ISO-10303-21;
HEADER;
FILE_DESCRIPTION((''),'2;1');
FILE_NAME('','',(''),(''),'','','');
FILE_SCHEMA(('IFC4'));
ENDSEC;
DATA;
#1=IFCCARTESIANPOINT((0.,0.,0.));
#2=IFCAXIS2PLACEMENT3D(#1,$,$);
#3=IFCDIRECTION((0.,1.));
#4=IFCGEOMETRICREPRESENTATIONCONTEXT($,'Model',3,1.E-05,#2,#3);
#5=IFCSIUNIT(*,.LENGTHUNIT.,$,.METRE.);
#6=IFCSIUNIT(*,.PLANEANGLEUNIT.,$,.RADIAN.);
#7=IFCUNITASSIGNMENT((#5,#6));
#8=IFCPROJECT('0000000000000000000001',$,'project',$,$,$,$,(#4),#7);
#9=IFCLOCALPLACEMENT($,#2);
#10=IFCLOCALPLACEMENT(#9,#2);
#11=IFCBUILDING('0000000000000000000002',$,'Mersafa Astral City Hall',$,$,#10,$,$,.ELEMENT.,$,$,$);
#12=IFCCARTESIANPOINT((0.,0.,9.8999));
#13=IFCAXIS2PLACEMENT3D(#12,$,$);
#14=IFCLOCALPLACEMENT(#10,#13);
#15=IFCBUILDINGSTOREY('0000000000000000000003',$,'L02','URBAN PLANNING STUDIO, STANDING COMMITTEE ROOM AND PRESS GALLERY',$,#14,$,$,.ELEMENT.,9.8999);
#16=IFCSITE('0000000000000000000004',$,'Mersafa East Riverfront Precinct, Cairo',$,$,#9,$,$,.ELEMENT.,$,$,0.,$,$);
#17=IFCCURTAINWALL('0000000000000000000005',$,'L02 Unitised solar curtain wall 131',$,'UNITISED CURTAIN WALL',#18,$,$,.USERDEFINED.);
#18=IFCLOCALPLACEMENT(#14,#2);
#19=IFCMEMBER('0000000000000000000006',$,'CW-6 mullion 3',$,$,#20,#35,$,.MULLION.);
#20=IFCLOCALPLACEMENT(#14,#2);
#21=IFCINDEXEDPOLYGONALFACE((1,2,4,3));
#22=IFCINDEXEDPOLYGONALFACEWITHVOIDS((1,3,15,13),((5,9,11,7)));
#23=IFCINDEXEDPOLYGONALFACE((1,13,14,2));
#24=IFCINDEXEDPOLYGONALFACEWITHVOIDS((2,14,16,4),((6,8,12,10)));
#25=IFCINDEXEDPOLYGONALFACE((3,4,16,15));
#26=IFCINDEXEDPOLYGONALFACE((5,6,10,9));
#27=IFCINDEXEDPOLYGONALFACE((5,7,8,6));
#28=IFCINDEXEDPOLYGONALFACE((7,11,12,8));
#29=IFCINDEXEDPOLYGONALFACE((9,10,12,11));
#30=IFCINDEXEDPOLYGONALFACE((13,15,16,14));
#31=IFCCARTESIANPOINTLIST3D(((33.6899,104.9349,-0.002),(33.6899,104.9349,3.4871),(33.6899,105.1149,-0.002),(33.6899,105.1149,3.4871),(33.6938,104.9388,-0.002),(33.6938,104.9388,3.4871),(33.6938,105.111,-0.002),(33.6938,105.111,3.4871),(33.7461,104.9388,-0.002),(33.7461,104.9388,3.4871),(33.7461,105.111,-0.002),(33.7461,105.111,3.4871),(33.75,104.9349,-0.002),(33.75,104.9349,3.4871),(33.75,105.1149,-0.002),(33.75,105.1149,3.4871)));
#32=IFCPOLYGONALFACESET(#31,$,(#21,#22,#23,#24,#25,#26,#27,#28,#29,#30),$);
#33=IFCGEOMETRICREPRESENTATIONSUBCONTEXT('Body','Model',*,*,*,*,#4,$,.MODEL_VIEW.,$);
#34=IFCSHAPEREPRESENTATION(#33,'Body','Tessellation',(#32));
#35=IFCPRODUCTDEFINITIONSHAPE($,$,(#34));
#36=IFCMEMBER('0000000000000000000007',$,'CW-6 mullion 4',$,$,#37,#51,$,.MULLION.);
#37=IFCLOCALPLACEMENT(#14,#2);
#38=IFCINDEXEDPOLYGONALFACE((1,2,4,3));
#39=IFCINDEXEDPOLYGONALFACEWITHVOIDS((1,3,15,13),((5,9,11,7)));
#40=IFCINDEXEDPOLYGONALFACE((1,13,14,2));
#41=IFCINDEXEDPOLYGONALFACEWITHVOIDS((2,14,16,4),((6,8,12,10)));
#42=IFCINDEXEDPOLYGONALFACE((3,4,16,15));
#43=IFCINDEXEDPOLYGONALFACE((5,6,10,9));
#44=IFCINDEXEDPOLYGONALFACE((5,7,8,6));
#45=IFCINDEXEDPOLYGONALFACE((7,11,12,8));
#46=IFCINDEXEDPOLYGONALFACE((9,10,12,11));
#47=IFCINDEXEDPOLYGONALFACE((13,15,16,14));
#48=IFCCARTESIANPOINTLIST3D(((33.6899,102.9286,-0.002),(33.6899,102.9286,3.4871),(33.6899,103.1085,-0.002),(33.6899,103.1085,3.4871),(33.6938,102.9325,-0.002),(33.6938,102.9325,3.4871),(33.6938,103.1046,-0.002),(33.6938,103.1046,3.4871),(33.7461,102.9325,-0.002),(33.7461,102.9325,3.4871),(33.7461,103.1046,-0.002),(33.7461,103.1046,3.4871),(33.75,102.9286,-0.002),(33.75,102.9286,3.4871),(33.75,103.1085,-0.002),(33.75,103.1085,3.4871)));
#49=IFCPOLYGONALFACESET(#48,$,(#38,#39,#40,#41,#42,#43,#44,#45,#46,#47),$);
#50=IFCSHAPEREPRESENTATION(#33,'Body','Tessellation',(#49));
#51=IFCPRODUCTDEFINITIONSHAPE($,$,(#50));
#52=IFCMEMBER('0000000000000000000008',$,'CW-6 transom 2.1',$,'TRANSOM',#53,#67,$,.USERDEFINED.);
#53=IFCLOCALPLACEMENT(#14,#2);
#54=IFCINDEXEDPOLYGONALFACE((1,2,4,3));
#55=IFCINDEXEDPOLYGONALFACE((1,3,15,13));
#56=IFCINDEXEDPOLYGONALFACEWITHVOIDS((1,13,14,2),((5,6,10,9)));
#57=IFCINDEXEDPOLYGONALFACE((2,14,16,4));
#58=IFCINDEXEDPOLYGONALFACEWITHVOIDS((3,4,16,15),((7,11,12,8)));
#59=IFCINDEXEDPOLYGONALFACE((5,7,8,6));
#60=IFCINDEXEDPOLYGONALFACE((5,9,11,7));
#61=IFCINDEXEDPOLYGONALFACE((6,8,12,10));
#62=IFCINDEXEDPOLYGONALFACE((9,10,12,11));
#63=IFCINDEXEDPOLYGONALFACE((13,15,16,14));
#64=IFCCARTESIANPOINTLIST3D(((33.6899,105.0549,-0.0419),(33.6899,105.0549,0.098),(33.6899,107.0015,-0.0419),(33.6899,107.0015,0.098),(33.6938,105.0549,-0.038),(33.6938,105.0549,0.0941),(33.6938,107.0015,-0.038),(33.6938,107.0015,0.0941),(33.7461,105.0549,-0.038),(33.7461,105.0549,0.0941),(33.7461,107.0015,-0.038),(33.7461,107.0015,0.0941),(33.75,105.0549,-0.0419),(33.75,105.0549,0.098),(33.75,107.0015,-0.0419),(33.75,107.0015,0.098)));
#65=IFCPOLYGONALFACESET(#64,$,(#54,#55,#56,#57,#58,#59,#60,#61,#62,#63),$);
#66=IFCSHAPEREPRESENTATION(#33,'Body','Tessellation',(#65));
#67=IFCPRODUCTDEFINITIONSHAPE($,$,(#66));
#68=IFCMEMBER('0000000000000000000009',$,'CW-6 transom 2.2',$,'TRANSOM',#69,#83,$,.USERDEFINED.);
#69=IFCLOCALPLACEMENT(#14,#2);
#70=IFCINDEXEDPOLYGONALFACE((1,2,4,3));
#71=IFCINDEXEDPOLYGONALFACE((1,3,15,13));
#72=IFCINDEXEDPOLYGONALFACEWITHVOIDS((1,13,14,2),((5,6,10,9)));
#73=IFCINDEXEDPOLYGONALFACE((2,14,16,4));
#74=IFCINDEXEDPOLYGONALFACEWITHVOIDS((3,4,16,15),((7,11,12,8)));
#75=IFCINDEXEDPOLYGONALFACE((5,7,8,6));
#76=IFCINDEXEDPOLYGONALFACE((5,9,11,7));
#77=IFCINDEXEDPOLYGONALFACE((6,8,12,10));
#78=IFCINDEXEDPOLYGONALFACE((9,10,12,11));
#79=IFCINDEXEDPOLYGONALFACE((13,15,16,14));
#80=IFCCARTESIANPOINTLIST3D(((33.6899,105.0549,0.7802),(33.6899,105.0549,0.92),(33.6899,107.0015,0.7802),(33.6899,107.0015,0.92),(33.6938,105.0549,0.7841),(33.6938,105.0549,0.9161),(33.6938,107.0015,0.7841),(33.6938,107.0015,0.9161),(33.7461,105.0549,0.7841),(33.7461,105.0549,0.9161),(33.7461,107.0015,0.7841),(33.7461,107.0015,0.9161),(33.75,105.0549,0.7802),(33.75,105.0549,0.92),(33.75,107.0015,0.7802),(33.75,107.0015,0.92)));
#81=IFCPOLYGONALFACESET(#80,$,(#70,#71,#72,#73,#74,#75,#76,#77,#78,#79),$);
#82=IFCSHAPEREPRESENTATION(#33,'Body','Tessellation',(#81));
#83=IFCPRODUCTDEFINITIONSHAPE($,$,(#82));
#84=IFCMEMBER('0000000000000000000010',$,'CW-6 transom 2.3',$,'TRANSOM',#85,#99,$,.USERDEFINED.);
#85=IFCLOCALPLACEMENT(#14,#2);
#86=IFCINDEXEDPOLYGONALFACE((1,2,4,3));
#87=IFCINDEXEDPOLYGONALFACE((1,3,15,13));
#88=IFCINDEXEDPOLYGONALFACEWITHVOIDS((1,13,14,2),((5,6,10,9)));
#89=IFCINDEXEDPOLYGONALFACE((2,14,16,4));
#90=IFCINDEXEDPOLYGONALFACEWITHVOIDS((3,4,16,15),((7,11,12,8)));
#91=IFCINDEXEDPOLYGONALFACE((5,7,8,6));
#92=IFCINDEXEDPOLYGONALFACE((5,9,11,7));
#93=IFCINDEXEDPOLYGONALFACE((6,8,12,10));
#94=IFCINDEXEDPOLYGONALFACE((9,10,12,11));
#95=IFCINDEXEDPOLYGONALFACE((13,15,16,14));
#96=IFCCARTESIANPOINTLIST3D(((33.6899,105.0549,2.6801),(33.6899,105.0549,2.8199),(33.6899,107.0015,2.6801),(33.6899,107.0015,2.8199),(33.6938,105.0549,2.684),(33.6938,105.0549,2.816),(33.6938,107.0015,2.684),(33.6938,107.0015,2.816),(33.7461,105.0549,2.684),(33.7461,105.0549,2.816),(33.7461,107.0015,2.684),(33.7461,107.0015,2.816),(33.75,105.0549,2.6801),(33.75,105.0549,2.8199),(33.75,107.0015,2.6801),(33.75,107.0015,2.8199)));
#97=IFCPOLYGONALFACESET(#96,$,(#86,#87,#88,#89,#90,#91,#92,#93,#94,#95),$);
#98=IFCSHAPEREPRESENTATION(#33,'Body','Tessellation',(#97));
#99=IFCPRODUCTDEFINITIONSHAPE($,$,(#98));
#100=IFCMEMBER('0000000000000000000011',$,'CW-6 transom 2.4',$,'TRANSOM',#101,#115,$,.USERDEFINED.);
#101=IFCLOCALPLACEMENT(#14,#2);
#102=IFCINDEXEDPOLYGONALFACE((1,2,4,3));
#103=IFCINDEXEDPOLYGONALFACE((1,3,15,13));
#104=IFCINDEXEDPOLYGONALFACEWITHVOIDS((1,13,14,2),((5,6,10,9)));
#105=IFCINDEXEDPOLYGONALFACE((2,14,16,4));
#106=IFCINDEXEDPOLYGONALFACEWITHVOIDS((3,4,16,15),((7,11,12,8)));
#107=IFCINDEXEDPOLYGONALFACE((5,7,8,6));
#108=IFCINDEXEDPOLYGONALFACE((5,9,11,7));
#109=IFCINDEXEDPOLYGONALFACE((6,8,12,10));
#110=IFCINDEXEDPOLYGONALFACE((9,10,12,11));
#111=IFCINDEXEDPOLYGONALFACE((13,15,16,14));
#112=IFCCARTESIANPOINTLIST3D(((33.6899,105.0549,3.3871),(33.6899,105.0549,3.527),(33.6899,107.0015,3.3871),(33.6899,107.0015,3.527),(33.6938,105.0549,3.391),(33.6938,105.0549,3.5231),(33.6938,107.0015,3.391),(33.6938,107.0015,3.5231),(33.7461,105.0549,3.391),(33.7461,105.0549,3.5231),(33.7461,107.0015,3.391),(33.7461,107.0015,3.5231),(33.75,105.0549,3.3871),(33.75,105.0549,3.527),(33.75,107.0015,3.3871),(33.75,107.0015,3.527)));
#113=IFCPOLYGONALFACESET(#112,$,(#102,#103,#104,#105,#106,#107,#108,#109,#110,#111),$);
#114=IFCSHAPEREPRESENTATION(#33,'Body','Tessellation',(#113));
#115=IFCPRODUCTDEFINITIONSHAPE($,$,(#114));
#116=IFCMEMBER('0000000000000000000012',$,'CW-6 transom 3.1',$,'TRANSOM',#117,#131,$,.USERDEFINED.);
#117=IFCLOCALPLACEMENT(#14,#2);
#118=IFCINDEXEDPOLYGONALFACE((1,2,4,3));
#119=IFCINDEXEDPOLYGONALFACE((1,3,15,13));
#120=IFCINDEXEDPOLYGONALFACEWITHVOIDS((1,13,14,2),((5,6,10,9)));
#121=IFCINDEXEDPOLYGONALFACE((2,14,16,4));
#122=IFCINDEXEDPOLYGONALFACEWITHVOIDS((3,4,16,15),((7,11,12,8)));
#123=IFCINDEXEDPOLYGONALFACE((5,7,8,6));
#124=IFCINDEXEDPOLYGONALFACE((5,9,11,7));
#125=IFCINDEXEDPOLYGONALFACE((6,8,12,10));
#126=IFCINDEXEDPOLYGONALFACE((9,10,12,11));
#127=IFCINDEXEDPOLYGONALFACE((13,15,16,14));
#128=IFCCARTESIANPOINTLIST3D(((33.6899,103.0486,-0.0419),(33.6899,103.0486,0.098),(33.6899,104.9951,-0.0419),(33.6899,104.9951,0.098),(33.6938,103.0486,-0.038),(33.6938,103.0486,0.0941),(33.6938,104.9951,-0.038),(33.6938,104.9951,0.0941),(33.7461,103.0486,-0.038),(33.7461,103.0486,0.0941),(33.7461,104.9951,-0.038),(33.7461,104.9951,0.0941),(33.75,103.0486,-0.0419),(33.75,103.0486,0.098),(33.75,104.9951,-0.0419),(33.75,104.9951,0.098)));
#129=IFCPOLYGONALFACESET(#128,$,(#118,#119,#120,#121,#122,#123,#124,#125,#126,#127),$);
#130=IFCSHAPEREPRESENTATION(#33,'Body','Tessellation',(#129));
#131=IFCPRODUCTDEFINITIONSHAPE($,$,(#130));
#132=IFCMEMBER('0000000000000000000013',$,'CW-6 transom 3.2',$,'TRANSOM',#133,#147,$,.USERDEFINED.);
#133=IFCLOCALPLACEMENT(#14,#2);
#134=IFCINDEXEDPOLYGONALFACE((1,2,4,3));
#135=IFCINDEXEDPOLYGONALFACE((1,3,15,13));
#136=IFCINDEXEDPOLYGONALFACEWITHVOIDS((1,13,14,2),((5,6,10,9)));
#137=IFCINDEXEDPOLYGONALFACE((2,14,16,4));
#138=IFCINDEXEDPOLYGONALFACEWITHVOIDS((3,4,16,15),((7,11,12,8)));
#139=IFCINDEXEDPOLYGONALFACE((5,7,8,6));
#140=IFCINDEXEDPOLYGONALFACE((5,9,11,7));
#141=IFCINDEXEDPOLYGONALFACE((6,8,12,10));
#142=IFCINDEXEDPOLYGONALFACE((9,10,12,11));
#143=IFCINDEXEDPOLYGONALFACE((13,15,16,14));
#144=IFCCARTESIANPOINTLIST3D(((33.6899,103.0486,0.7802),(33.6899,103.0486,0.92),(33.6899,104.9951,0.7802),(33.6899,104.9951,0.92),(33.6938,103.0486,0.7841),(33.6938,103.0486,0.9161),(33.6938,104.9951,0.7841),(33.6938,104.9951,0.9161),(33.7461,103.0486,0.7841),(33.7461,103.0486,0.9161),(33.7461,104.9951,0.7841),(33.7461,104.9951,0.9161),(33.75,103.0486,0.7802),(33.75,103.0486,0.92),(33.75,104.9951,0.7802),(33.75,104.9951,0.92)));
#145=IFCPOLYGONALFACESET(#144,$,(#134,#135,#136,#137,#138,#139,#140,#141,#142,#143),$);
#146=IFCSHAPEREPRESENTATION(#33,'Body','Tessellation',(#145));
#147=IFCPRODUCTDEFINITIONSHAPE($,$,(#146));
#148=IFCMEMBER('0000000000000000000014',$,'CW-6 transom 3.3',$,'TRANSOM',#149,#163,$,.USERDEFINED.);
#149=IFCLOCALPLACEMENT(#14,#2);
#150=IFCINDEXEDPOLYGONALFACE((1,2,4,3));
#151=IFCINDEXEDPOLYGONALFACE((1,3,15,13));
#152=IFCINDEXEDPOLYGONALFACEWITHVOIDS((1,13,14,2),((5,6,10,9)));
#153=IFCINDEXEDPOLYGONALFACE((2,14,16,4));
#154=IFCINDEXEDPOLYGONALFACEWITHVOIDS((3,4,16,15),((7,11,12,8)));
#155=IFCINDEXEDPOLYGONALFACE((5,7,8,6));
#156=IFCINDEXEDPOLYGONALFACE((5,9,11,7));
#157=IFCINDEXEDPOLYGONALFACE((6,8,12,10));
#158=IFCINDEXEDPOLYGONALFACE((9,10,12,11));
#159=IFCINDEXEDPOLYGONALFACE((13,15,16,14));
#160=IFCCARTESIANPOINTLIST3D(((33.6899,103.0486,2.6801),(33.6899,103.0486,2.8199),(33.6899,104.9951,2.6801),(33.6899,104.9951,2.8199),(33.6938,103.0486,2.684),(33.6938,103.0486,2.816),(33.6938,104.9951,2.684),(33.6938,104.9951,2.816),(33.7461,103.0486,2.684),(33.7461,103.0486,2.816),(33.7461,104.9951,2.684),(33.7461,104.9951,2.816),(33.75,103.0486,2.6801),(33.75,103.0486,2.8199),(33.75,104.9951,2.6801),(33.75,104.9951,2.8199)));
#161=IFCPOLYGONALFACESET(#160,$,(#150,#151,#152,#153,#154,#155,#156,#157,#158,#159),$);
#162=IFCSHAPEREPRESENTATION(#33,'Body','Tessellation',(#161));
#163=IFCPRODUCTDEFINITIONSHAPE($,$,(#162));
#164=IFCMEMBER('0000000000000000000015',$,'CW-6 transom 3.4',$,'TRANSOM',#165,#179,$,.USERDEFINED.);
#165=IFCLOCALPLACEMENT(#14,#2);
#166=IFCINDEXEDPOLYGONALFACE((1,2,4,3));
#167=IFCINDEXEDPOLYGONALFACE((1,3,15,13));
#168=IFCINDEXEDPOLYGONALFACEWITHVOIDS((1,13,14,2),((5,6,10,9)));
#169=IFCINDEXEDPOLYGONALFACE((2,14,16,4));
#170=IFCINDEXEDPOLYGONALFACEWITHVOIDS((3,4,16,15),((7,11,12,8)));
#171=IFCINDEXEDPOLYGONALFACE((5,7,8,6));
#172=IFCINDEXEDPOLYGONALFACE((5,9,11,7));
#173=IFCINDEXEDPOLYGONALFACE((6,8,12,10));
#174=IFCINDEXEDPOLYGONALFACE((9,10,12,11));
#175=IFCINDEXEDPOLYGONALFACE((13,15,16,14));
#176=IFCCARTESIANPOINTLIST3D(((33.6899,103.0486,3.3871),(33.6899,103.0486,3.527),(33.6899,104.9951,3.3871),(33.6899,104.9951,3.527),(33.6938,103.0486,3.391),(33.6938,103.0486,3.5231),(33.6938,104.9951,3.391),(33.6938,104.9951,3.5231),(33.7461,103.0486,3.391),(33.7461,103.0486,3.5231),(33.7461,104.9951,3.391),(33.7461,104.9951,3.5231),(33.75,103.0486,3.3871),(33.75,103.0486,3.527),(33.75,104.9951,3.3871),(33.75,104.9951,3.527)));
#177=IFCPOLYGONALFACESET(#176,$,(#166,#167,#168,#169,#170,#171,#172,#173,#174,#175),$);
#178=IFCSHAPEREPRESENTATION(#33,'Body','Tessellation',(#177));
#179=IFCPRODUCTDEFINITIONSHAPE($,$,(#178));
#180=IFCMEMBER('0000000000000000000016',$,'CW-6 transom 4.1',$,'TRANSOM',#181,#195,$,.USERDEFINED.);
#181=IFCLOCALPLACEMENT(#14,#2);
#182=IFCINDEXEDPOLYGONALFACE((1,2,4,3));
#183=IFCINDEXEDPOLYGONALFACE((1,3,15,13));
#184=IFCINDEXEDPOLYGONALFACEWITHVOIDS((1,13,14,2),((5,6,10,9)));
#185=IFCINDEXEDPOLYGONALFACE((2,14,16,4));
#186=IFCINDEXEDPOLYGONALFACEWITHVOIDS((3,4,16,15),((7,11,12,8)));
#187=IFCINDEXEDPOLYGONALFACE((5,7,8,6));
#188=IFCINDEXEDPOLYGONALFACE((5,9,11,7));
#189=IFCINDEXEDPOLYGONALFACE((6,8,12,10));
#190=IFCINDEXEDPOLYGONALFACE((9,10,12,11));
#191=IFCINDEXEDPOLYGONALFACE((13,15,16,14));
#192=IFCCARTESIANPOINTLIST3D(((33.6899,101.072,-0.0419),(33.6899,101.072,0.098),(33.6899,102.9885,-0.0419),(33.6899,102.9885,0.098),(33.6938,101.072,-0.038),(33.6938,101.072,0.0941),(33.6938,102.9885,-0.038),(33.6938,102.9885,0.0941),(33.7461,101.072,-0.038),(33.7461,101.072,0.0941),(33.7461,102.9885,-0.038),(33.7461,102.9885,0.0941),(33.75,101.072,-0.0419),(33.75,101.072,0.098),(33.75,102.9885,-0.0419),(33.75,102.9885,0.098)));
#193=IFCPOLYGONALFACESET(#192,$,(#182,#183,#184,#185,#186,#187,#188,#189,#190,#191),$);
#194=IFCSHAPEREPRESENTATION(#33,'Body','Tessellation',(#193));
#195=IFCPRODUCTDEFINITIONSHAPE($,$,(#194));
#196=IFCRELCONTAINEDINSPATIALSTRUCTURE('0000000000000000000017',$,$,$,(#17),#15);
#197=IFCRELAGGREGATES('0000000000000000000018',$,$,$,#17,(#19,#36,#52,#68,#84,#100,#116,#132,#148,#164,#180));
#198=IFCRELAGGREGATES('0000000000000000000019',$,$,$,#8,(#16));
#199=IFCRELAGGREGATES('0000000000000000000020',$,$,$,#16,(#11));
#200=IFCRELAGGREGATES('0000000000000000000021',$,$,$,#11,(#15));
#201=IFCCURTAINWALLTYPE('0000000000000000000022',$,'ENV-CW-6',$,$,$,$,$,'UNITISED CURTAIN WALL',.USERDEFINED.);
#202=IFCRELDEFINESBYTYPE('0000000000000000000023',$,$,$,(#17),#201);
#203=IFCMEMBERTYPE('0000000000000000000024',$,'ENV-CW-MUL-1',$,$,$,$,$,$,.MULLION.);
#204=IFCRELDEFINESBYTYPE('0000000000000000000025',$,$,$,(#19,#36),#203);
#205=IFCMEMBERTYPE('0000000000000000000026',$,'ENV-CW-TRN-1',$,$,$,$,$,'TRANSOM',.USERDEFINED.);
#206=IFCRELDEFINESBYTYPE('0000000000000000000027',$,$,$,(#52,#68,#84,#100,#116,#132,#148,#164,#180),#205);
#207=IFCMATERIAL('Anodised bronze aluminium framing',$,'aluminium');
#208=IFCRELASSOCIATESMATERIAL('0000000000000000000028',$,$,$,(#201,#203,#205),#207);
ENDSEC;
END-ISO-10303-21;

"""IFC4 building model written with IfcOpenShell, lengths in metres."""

from ifc_helpers import new_model, si_unit, direction, frame, origin, origin_2d, place, context, subcontext, project, spatial, hollow_rectangle, extrude, material, material_profile, profile_set, type_object, element, aggregate, save


model = new_model("IFC4")

# Units and contexts
model_context = context("Model", 3, precision=1e-05, world=origin(), true_north=direction((0.0, 1.0)))
body_context = subcontext(model_context, "Body", "Model", "MODEL_VIEW")
ifc_project = project(units=[si_unit("LENGTHUNIT", "METRE"), si_unit("PLANEANGLEUNIT", "RADIAN")], contexts=[model_context])

# Site, building, storey
site_placement = place(None, origin())
site = spatial("IfcSite", under=ifc_project, at=site_placement, Name="Mersafa East Riverfront Precinct, Cairo", CompositionType="ELEMENT", RefElevation=0.0)
building_placement = place(site_placement, origin())
building = spatial("IfcBuilding", under=site, at=building_placement, Name="Mersafa Astral City Hall", CompositionType="ELEMENT")
storey_placement = place(building_placement, frame((0.0, 0.0, 9.8999)))
storey = spatial("IfcBuildingStorey", under=building, at=storey_placement, Name="L02", Description="URBAN PLANNING STUDIO, STANDING COMMITTEE ROOM AND PRESS GALLERY", CompositionType="ELEMENT", Elevation=9.8999)

# Curtain wall, members
ifc_material_1 = material(Name="Anodised bronze aluminium framing", Category="aluminium")
curtain_wall_type = type_object("IfcCurtainWallType", Name="ENV-CW-6", ElementType="UNITISED CURTAIN WALL", PredefinedType="USERDEFINED", material=ifc_material_1)
curtain_wall_placement = place(storey_placement, origin())
curtain_wall = element("IfcCurtainWall", 1, at=curtain_wall_placement, inside=storey, type_object=curtain_wall_type, Name="L02 Unitised solar curtain wall 131", ObjectType="UNITISED CURTAIN WALL", PredefinedType="USERDEFINED")
ifc_material_profile_1 = material_profile(ifc_material_1, hollow_rectangle(XDim=0.0601, YDim=0.1799, WallThickness=0.0039, at=origin_2d()), Name="RHS 60x180x4")
ifc_profile_set_1 = profile_set([ifc_material_profile_1], Name="Anodised bronze aluminium framing")
member_type_1 = type_object("IfcMemberType", Name="ENV-CW-MUL-1", PredefinedType="MULLION", material=ifc_profile_set_1)
member_1_placement = place(storey_placement, frame((33.72, 105.0249, -0.002), z_axis=(0.0, 0.0, 1.0), x_axis=(1.0, 0.0, 0.0)))
member_1 = element("IfcMember", 2, at=member_1_placement, type_object=member_type_1, Name="CW-6 mullion 3", PredefinedType="MULLION", context=body_context, shape_type="SweptSolid", body=[
    extrude(hollow_rectangle(XDim=0.0601, YDim=0.1799, WallThickness=0.0039, at=origin_2d()), origin(), (0.0, 0.0, 1.0), 3.489),
])
member_2_placement = place(storey_placement, frame((33.72, 103.0186, -0.002), z_axis=(0.0, 0.0, 1.0), x_axis=(1.0, 0.0, 0.0)))
member_2 = element("IfcMember", 3, at=member_2_placement, type_object=member_type_1, Name="CW-6 mullion 4", PredefinedType="MULLION", context=body_context, shape_type="SweptSolid", body=[
    extrude(hollow_rectangle(XDim=0.0601, YDim=0.1799, WallThickness=0.0039, at=origin_2d()), origin(), (0.0, 0.0, 1.0), 3.489),
])
ifc_material_profile_2 = material_profile(ifc_material_1, hollow_rectangle(XDim=0.0601, YDim=0.1399, WallThickness=0.0039, at=origin_2d()), Name="RHS 60x140x4")
ifc_profile_set_2 = profile_set([ifc_material_profile_2], Name="Anodised bronze aluminium framing")
member_type_2 = type_object("IfcMemberType", Name="ENV-CW-TRN-1", ElementType="TRANSOM", PredefinedType="USERDEFINED", material=ifc_profile_set_2)
member_3_placement = place(storey_placement, frame((33.72, 107.0015, 0.0281), z_axis=(0.0, -1.0, 0.0), x_axis=(1.0, 0.0, 0.0)))
member_3 = element("IfcMember", 4, at=member_3_placement, type_object=member_type_2, Name="CW-6 transom 2.1", ObjectType="TRANSOM", PredefinedType="USERDEFINED", context=body_context, shape_type="SweptSolid", body=[
    extrude(hollow_rectangle(XDim=0.0601, YDim=0.1399, WallThickness=0.0039, at=origin_2d()), origin(), (0.0, 0.0, 1.0), 1.9465),
])
member_4_placement = place(storey_placement, frame((33.72, 107.0015, 0.8501), z_axis=(0.0, -1.0, 0.0), x_axis=(1.0, 0.0, 0.0)))
member_4 = element("IfcMember", 5, at=member_4_placement, type_object=member_type_2, Name="CW-6 transom 2.2", ObjectType="TRANSOM", PredefinedType="USERDEFINED", context=body_context, shape_type="SweptSolid", body=[
    extrude(hollow_rectangle(XDim=0.0601, YDim=0.1399, WallThickness=0.0039, at=origin_2d()), origin(), (0.0, 0.0, 1.0), 1.9465),
])
member_5_placement = place(storey_placement, frame((33.72, 107.0015, 2.75), z_axis=(0.0, -1.0, 0.0), x_axis=(1.0, 0.0, 0.0)))
member_5 = element("IfcMember", 6, at=member_5_placement, type_object=member_type_2, Name="CW-6 transom 2.3", ObjectType="TRANSOM", PredefinedType="USERDEFINED", context=body_context, shape_type="SweptSolid", body=[
    extrude(hollow_rectangle(XDim=0.0601, YDim=0.1399, WallThickness=0.0039, at=origin_2d()), origin(), (0.0, 0.0, 1.0), 1.9465),
])
member_6_placement = place(storey_placement, frame((33.72, 107.0015, 3.457), z_axis=(0.0, -1.0, 0.0), x_axis=(1.0, 0.0, 0.0)))
member_6 = element("IfcMember", 7, at=member_6_placement, type_object=member_type_2, Name="CW-6 transom 2.4", ObjectType="TRANSOM", PredefinedType="USERDEFINED", context=body_context, shape_type="SweptSolid", body=[
    extrude(hollow_rectangle(XDim=0.0601, YDim=0.1399, WallThickness=0.0039, at=origin_2d()), origin(), (0.0, 0.0, 1.0), 1.9465),
])
member_7_placement = place(storey_placement, frame((33.72, 104.9951, 0.0281), z_axis=(0.0, -1.0, 0.0), x_axis=(1.0, 0.0, 0.0)))
member_7 = element("IfcMember", 8, at=member_7_placement, type_object=member_type_2, Name="CW-6 transom 3.1", ObjectType="TRANSOM", PredefinedType="USERDEFINED", context=body_context, shape_type="SweptSolid", body=[
    extrude(hollow_rectangle(XDim=0.0601, YDim=0.1399, WallThickness=0.0039, at=origin_2d()), origin(), (0.0, 0.0, 1.0), 1.9465),
])
member_8_placement = place(storey_placement, frame((33.72, 104.9951, 0.8501), z_axis=(0.0, -1.0, 0.0), x_axis=(1.0, 0.0, 0.0)))
member_8 = element("IfcMember", 9, at=member_8_placement, type_object=member_type_2, Name="CW-6 transom 3.2", ObjectType="TRANSOM", PredefinedType="USERDEFINED", context=body_context, shape_type="SweptSolid", body=[
    extrude(hollow_rectangle(XDim=0.0601, YDim=0.1399, WallThickness=0.0039, at=origin_2d()), origin(), (0.0, 0.0, 1.0), 1.9465),
])
member_9_placement = place(storey_placement, frame((33.72, 104.9951, 2.75), z_axis=(0.0, -1.0, 0.0), x_axis=(1.0, 0.0, 0.0)))
member_9 = element("IfcMember", 10, at=member_9_placement, type_object=member_type_2, Name="CW-6 transom 3.3", ObjectType="TRANSOM", PredefinedType="USERDEFINED", context=body_context, shape_type="SweptSolid", body=[
    extrude(hollow_rectangle(XDim=0.0601, YDim=0.1399, WallThickness=0.0039, at=origin_2d()), origin(), (0.0, 0.0, 1.0), 1.9465),
])
member_10_placement = place(storey_placement, frame((33.72, 104.9951, 3.457), z_axis=(0.0, -1.0, 0.0), x_axis=(1.0, 0.0, 0.0)))
member_10 = element("IfcMember", 11, at=member_10_placement, type_object=member_type_2, Name="CW-6 transom 3.4", ObjectType="TRANSOM", PredefinedType="USERDEFINED", context=body_context, shape_type="SweptSolid", body=[
    extrude(hollow_rectangle(XDim=0.0601, YDim=0.1399, WallThickness=0.0039, at=origin_2d()), origin(), (0.0, 0.0, 1.0), 1.9465),
])
member_11_placement = place(storey_placement, frame((33.72, 102.9885, 0.0281), z_axis=(0.0, -1.0, 0.0), x_axis=(1.0, 0.0, 0.0)))
member_11 = element("IfcMember", 12, at=member_11_placement, type_object=member_type_2, Name="CW-6 transom 4.1", ObjectType="TRANSOM", PredefinedType="USERDEFINED", context=body_context, shape_type="SweptSolid", body=[
    extrude(hollow_rectangle(XDim=0.0601, YDim=0.1399, WallThickness=0.0039, at=origin_2d()), origin(), (0.0, 0.0, 1.0), 1.9165),
])
aggregate(curtain_wall, [member_1, member_2, member_3, member_4, member_5, member_6, member_7, member_8, member_9, member_10, member_11])

save(model, "model.ifc")
